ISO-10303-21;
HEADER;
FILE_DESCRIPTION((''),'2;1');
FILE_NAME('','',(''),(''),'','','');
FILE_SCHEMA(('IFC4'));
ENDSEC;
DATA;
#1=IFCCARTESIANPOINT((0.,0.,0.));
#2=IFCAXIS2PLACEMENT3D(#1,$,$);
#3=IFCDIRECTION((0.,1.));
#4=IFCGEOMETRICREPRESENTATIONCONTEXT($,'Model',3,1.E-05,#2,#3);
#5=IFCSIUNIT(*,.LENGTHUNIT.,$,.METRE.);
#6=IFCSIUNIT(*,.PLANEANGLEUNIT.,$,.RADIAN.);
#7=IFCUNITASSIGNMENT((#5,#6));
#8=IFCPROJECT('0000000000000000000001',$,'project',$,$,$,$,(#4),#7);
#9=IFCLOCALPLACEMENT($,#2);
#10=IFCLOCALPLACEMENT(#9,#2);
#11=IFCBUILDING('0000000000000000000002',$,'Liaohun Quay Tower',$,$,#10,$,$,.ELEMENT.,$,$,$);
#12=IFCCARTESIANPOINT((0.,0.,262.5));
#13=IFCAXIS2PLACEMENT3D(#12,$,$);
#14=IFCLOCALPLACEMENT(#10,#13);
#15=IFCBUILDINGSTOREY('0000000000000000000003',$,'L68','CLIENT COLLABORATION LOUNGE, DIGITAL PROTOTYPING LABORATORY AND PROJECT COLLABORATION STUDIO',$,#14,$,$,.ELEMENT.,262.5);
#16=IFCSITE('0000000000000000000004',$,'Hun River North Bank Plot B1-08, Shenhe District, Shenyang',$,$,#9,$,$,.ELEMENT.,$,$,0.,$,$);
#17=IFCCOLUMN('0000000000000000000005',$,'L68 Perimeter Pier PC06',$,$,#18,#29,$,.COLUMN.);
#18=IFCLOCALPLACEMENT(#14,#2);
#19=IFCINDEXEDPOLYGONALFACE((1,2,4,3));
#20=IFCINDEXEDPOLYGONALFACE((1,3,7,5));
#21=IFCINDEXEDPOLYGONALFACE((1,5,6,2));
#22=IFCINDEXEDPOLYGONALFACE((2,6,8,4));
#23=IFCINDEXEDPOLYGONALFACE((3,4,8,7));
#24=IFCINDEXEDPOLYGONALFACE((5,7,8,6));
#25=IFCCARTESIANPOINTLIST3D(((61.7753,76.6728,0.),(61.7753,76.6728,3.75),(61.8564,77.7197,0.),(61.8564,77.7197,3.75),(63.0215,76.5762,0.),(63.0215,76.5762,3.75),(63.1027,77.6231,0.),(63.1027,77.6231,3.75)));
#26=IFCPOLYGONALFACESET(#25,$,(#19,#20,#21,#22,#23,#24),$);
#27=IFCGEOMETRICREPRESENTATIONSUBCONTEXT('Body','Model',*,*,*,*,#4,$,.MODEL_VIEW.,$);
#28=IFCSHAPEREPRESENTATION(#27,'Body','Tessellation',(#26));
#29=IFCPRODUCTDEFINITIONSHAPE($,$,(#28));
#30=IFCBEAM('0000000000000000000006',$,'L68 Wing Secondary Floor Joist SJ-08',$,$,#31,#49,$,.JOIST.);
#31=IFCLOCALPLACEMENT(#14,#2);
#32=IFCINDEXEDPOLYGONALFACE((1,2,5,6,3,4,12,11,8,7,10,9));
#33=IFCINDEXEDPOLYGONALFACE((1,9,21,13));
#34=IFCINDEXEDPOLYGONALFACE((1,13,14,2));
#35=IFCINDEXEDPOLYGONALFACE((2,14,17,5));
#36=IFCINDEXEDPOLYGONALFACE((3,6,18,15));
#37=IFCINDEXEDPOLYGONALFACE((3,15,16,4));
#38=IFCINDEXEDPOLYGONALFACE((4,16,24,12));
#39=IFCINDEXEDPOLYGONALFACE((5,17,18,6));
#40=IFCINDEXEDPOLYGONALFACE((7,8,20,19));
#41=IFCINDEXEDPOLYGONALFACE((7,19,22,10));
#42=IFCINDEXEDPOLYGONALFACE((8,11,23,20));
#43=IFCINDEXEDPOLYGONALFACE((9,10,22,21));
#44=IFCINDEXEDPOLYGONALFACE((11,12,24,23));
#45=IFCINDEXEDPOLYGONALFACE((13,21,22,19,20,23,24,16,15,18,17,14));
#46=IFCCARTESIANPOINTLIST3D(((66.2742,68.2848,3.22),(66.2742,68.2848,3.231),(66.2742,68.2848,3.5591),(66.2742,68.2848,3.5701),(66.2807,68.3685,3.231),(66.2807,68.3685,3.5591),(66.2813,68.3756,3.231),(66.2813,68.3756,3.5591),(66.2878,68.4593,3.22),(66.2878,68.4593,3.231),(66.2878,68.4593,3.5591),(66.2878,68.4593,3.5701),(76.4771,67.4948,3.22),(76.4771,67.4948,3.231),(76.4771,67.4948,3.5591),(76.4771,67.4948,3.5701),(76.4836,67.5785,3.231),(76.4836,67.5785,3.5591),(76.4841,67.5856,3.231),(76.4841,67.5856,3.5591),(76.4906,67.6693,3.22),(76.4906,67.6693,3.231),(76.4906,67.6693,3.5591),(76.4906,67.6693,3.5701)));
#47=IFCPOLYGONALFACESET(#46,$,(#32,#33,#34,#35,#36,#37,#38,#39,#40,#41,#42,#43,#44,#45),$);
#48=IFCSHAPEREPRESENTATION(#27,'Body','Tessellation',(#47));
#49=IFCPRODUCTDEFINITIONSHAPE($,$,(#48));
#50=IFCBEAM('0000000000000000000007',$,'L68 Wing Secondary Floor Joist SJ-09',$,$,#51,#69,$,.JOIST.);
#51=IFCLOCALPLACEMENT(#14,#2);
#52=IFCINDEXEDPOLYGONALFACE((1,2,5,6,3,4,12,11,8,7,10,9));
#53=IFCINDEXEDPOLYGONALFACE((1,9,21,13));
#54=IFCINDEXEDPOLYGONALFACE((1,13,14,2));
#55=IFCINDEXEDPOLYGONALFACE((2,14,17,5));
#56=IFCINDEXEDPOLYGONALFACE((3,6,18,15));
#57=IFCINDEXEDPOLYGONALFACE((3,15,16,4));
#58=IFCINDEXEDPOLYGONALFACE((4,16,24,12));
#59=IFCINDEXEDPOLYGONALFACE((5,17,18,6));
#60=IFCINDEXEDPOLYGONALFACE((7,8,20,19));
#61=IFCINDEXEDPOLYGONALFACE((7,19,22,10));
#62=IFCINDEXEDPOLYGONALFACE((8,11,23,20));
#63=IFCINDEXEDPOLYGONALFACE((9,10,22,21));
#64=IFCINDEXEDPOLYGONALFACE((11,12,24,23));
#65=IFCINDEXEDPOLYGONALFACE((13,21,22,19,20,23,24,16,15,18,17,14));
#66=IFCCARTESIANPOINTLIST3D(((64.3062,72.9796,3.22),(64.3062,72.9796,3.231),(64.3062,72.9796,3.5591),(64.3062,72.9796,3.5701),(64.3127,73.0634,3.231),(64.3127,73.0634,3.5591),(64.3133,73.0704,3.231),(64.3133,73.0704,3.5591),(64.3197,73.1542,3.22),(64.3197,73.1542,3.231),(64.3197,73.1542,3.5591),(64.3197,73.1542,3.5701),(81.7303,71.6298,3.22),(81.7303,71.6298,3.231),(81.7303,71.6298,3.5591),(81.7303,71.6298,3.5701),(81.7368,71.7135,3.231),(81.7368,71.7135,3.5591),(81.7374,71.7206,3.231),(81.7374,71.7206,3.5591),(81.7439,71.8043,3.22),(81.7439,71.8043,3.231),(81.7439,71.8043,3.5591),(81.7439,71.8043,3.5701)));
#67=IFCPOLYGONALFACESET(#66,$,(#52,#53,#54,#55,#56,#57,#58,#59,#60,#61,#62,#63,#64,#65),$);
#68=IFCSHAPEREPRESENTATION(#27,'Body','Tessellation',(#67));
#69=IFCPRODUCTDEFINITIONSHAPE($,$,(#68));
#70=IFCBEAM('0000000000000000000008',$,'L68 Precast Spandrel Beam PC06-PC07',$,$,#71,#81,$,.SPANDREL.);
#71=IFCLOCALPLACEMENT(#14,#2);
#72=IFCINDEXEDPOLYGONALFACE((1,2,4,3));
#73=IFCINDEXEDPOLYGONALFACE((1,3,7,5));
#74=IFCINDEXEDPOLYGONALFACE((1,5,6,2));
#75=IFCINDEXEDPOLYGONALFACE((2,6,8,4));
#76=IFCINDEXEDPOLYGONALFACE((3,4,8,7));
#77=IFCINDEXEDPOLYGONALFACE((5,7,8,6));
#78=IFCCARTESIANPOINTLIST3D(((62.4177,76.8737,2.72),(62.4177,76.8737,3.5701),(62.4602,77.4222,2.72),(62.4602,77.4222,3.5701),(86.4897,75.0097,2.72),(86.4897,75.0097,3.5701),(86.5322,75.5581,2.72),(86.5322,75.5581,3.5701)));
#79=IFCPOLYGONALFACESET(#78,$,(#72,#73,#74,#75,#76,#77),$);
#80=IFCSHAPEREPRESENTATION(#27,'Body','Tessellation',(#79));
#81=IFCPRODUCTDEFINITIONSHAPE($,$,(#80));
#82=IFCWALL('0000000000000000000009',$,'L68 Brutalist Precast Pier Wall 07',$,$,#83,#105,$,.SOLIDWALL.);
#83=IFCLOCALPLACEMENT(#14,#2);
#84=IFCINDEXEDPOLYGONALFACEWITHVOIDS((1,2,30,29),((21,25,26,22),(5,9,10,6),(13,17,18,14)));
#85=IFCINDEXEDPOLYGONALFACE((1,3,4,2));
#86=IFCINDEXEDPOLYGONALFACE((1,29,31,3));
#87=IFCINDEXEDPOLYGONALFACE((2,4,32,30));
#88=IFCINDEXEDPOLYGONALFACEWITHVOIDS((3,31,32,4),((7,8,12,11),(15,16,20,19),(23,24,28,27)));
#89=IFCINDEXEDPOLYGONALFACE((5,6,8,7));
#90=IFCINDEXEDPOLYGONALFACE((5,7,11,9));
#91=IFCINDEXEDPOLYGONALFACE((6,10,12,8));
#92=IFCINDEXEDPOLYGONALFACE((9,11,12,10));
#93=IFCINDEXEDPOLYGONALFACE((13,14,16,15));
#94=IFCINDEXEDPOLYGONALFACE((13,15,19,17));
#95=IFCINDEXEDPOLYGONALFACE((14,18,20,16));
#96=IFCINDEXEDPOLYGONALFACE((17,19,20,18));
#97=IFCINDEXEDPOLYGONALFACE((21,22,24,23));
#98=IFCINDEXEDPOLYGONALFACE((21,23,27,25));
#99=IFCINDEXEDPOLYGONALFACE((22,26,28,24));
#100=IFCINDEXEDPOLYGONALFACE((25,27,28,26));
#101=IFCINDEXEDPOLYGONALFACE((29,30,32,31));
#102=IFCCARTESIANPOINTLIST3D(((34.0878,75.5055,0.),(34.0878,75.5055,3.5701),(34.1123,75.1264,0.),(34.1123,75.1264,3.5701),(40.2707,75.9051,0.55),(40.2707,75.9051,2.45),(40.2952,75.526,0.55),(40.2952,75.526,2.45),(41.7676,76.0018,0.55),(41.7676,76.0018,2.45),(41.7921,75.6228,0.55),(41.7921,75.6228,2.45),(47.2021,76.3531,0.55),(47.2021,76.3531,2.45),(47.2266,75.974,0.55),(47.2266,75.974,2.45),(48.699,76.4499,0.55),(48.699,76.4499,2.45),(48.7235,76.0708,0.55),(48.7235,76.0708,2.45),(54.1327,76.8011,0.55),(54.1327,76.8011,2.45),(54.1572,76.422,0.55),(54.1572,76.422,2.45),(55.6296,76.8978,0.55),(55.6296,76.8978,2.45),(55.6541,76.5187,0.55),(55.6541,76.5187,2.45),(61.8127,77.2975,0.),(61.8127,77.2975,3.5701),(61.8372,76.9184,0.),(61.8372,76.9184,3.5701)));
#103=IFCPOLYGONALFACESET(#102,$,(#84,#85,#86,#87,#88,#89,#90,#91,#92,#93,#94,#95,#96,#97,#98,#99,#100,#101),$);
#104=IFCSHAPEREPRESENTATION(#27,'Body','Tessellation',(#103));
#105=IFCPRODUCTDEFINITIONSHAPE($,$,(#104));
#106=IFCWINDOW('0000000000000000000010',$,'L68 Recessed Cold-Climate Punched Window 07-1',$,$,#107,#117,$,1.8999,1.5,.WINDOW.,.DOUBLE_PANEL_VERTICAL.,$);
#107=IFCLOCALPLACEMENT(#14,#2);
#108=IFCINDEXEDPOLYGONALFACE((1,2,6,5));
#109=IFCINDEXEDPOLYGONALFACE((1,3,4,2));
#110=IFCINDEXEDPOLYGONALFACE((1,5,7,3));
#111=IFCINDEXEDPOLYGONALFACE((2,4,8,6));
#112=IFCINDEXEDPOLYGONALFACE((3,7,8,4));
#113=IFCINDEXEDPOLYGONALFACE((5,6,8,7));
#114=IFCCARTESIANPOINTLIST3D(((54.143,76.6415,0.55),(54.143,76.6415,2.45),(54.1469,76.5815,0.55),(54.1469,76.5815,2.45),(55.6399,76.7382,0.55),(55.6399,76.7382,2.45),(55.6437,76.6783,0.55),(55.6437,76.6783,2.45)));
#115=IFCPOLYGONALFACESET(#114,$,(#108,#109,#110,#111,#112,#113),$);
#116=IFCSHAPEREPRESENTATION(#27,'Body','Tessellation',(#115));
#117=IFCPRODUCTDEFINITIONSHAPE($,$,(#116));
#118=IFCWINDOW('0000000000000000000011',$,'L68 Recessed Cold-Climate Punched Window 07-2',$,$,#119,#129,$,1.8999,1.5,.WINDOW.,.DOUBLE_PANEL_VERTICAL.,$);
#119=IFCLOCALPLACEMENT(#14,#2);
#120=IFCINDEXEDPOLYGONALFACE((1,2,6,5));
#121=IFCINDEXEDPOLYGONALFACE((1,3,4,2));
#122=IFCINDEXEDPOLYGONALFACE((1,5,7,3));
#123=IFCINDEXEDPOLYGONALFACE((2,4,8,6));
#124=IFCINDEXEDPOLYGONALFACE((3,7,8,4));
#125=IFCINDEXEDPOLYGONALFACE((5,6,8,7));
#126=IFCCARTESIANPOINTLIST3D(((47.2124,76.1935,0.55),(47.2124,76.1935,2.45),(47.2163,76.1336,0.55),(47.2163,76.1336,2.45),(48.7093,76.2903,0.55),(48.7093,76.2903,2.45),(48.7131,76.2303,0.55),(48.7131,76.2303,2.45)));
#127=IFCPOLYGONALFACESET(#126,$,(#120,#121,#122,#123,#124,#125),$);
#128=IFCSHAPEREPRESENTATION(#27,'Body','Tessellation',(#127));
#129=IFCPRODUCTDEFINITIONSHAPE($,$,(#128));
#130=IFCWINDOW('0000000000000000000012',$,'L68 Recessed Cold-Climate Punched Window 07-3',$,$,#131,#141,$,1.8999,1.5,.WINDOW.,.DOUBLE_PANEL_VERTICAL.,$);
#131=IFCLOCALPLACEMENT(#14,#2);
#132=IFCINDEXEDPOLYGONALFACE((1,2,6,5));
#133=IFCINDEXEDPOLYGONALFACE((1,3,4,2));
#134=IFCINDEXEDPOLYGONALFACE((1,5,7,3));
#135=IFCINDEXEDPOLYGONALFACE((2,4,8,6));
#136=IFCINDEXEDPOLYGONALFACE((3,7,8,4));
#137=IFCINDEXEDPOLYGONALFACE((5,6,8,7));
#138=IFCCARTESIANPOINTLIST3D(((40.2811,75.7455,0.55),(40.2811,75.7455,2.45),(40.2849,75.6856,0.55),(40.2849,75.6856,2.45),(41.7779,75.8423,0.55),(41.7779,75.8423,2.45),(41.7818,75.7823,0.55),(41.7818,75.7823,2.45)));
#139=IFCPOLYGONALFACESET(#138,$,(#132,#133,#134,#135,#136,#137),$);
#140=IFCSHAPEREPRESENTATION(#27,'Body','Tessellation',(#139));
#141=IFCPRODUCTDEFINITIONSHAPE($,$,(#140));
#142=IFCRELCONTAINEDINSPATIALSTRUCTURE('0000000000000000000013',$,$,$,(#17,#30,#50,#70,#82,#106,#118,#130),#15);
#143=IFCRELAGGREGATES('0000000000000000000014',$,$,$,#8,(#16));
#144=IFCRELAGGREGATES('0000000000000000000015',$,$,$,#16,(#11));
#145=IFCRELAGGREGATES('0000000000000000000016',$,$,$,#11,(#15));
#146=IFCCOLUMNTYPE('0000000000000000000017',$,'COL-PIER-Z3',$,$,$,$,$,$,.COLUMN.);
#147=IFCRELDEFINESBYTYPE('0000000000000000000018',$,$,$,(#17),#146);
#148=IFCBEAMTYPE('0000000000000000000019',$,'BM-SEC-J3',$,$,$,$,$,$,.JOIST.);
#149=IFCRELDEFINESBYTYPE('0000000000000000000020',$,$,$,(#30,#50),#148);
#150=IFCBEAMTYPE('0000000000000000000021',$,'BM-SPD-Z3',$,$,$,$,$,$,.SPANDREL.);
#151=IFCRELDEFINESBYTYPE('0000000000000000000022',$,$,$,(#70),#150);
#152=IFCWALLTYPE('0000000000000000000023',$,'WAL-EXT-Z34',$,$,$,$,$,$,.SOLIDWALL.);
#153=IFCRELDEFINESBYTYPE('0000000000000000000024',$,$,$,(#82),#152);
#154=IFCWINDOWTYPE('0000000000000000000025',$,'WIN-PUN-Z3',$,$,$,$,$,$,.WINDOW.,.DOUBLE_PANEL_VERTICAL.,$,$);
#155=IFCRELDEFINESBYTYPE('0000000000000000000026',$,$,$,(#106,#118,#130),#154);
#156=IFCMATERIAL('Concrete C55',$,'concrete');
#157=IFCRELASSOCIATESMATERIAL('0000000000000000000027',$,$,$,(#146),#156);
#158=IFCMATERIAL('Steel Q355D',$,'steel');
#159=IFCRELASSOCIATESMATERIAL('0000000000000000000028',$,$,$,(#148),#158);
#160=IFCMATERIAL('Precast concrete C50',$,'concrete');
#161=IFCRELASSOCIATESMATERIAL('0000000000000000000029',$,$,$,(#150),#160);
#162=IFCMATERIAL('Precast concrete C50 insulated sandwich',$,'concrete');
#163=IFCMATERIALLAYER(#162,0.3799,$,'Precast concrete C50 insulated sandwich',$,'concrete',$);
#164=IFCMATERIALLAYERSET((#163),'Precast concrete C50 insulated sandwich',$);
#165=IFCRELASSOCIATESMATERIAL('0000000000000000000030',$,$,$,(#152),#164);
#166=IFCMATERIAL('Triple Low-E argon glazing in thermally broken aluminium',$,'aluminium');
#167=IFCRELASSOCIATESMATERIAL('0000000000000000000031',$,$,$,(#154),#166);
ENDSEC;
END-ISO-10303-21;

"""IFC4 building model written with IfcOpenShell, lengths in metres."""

from ifc_helpers import new_model, si_unit, direction, frame, frame_2d, origin, origin_2d, place, context, subcontext, project, spatial, rectangle, i_section, extrude, source, transform, mapped, material, layer, layer_set, material_profile, profile_set, type_object, element, fill, save


model = new_model("IFC4")

# Units and contexts
model_context = context("Model", 3, precision=1e-05, world=origin(), true_north=direction((0.0, 1.0)))
body_context = subcontext(model_context, "Body", "Model", "MODEL_VIEW")
ifc_project = project(units=[si_unit("LENGTHUNIT", "METRE"), si_unit("PLANEANGLEUNIT", "RADIAN")], contexts=[model_context])

# Site, building, storey
site_placement = place(None, origin())
site = spatial("IfcSite", under=ifc_project, at=site_placement, Name="Hun River North Bank Plot B1-08, Shenhe District, Shenyang", CompositionType="ELEMENT", RefElevation=0.0)
building_placement = place(site_placement, origin())
building = spatial("IfcBuilding", under=site, at=building_placement, Name="Liaohun Quay Tower", CompositionType="ELEMENT")
storey_placement = place(building_placement, frame((0.0, 0.0, 262.5)))
storey = spatial("IfcBuildingStorey", under=building, at=storey_placement, Name="L68", Description="CLIENT COLLABORATION LOUNGE, DIGITAL PROTOTYPING LABORATORY AND PROJECT COLLABORATION STUDIO", CompositionType="ELEMENT", Elevation=262.5)

# Column
ifc_material_1 = material(Name="Concrete C55", Category="concrete")
ifc_material_profile_1 = material_profile(ifc_material_1, rectangle(XDim=1.25, YDim=1.05, at=origin_2d()), Name="RC1250x1050")
ifc_profile_set_1 = profile_set([ifc_material_profile_1], Name="Concrete C55")
column_type = type_object("IfcColumnType", Name="COL-PIER-Z3", PredefinedType="COLUMN", material=ifc_profile_set_1)
shared_shape_1 = source(origin(), body_context, "Body", "SweptSolid", [
    extrude(rectangle(XDim=1.25, YDim=1.05, at=origin_2d()), origin(), (0.0, 0.0, 1.0), 3.75),
])
column_placement = place(storey_placement, frame((62.439, 77.1479, 0.0), z_axis=(0.0, 0.0, 1.0), x_axis=(-0.997012, 0.077241, 0.0)))
element("IfcColumn", 1, at=column_placement, inside=storey, type_object=column_type, Name="L68 Perimeter Pier PC06", PredefinedType="COLUMN", context=body_context, shape_type="MappedRepresentation", body=[
    mapped(shared_shape_1, transform((0.0, 0.0, 0.0), x_axis=(1.0, 0.0, 0.0), y_axis=(0.0, 1.0, 0.0), z_axis=(0.0, 0.0, 1.0), scale=1.0)),
])

# Beams
ifc_material_2 = material(Name="Steel Q355D", Category="steel")
ifc_material_profile_2 = material_profile(ifc_material_2, i_section(OverallWidth=0.175, OverallDepth=0.3501, WebThickness=0.0071, FlangeThickness=0.011, at=origin_2d()), Name="HN350x175x7x11")
ifc_profile_set_2 = profile_set([ifc_material_profile_2], Name="Steel Q355D")
beam_type_1 = type_object("IfcBeamType", Name="BM-SEC-J3", PredefinedType="JOIST", material=ifc_profile_set_2)
shared_shape_2 = source(origin(), body_context, "Body", "SweptSolid", [
    extrude(i_section(OverallWidth=0.175, OverallDepth=0.3501, WebThickness=0.0071, FlangeThickness=0.011, at=origin_2d()), origin(), (0.0, 0.0, 1.0), 10.2334),
])
beam_1_placement = place(storey_placement, frame((66.281, 68.3721, 3.395), z_axis=(0.997015, -0.077202, 0.0), x_axis=(0.077202, 0.997015, 0.0)))
element("IfcBeam", 2, at=beam_1_placement, inside=storey, type_object=beam_type_1, Name="L68 Wing Secondary Floor Joist SJ-08", PredefinedType="JOIST", context=body_context, shape_type="MappedRepresentation", body=[
    mapped(shared_shape_2, transform((0.0, 0.0, 0.0), x_axis=(1.0, 0.0, 0.0), y_axis=(0.0, 1.0, 0.0), z_axis=(0.0, 0.0, 1.0), scale=1.0)),
])
shared_shape_3 = source(origin(), body_context, "Body", "SweptSolid", [
    extrude(i_section(OverallWidth=0.175, OverallDepth=0.3501, WebThickness=0.0071, FlangeThickness=0.011, at=origin_2d()), origin(), (0.0, 0.0, 1.0), 17.4763),
])
beam_2_placement = place(storey_placement, frame((64.313, 73.0669, 3.395), z_axis=(0.997013, -0.077239, 0.0), x_axis=(0.077239, 0.997013, 0.0)))
element("IfcBeam", 3, at=beam_2_placement, inside=storey, type_object=beam_type_1, Name="L68 Wing Secondary Floor Joist SJ-09", PredefinedType="JOIST", context=body_context, shape_type="MappedRepresentation", body=[
    mapped(shared_shape_3, transform((0.0, 0.0, 0.0), x_axis=(1.0, 0.0, 0.0), y_axis=(0.0, 1.0, 0.0), z_axis=(0.0, 0.0, 1.0), scale=1.0)),
])
ifc_material_3 = material(Name="Precast concrete C50", Category="concrete")
ifc_material_profile_3 = material_profile(ifc_material_3, rectangle(XDim=0.55, YDim=0.8501, at=origin_2d()), Name="RC550x850")
ifc_profile_set_3 = profile_set([ifc_material_profile_3], Name="Precast concrete C50")
beam_type_2 = type_object("IfcBeamType", Name="BM-SPD-Z3", PredefinedType="SPANDREL", material=ifc_profile_set_3)
shared_shape_4 = source(origin(), body_context, "Body", "SweptSolid", [
    extrude(rectangle(XDim=0.55, YDim=0.8501, at=origin_2d()), origin(), (0.0, 0.0, 1.0), 24.144),
])
beam_3_placement = place(storey_placement, frame((62.439, 77.1479, 3.145), z_axis=(0.997015, -0.077204, 0.0), x_axis=(0.077204, 0.997015, 0.0)))
element("IfcBeam", 4, at=beam_3_placement, inside=storey, type_object=beam_type_2, Name="L68 Precast Spandrel Beam PC06-PC07", PredefinedType="SPANDREL", context=body_context, shape_type="MappedRepresentation", body=[
    mapped(shared_shape_4, transform((0.0, 0.0, 0.0), x_axis=(1.0, 0.0, 0.0), y_axis=(0.0, 1.0, 0.0), z_axis=(0.0, 0.0, 1.0), scale=1.0)),
])

# Wall, openings, windows
ifc_material_4 = material(Name="Precast concrete C50 insulated sandwich", Category="concrete")
ifc_layer_1 = layer(ifc_material_4, 0.3799, Name="Precast concrete C50 insulated sandwich", Category="concrete")
ifc_layer_set_1 = layer_set([ifc_layer_1], Name="Precast concrete C50 insulated sandwich")
wall_type_1 = type_object("IfcWallType", Name="WAL-EXT-Z34", PredefinedType="SOLIDWALL", material=ifc_layer_set_1)
wall_1_placement = place(storey_placement, frame((61.825, 77.1079, 0.0), z_axis=(0.0, 0.0, 1.0), x_axis=(-0.997918, -0.0645, 0.0)))
wall_1 = element("IfcWall", 5, at=wall_1_placement, inside=storey, type_object=wall_type_1, Name="L68 Brutalist Precast Pier Wall 07", PredefinedType="SOLIDWALL", context=body_context, shape_type="SweptSolid", body=[
    extrude(rectangle(XDim=27.7827, YDim=0.3799, at=frame_2d((13.8914, 0.0))), origin(), (0.0, 0.0, 1.0), 3.5701),
])
shared_shape_5 = source(origin(), body_context, "Body", "SweptSolid", [
    extrude(rectangle(XDim=1.5, YDim=1.8999, at=frame_2d((0.75, 0.95))), frame((0.0, 0.2, 0.0), z_axis=(0.0, -1.0, 0.0), x_axis=(1.0, 0.0, 0.0)), (0.0, 0.0, 1.0), 0.3999),
])
opening_1_placement = place(wall_1_placement, frame((6.196, 0.0, 0.55)))
opening_1 = element("IfcOpeningElement", 6, at=opening_1_placement, cuts=wall_1, PredefinedType="OPENING", context=body_context, shape_type="MappedRepresentation", body=[
    mapped(shared_shape_5, transform((0.0, 0.0, 0.0), x_axis=(1.0, 0.0, 0.0), y_axis=(0.0, 1.0, 0.0), z_axis=(0.0, 0.0, 1.0), scale=1.0)),
])
opening_2_placement = place(wall_1_placement, frame((13.1411, 0.0, 0.55)))
opening_2 = element("IfcOpeningElement", 7, at=opening_2_placement, cuts=wall_1, PredefinedType="OPENING", context=body_context, shape_type="MappedRepresentation", body=[
    mapped(shared_shape_5, transform((0.0, 0.0, 0.0), x_axis=(1.0, 0.0, 0.0), y_axis=(0.0, 1.0, 0.0), z_axis=(0.0, 0.0, 1.0), scale=1.0)),
])
opening_3_placement = place(wall_1_placement, frame((20.0869, 0.0, 0.55)))
opening_3 = element("IfcOpeningElement", 8, at=opening_3_placement, cuts=wall_1, PredefinedType="OPENING", context=body_context, shape_type="MappedRepresentation", body=[
    mapped(shared_shape_5, transform((0.0, 0.0, 0.0), x_axis=(1.0, 0.0, 0.0), y_axis=(0.0, 1.0, 0.0), z_axis=(0.0, 0.0, 1.0), scale=1.0)),
])
ifc_material_5 = material(Name="Triple Low-E argon glazing in thermally broken aluminium", Category="aluminium")
window_type = type_object("IfcWindowType", Name="WIN-PUN-Z3", PartitioningType="DOUBLE_PANEL_VERTICAL", PredefinedType="WINDOW", material=ifc_material_5)
shared_shape_6 = source(origin(), body_context, "Body", "SweptSolid", [
    extrude(rectangle(XDim=1.5, YDim=1.8999, at=frame_2d((0.75, 0.95))), frame((0.0, 0.03, 0.0), z_axis=(0.0, -1.0, 0.0), x_axis=(1.0, 0.0, 0.0)), (0.0, 0.0, 1.0), 0.0601),
])
window_1_placement = place(opening_1_placement, origin())
window_1 = element("IfcWindow", 9, at=window_1_placement, inside=storey, type_object=window_type, Name="L68 Recessed Cold-Climate Punched Window 07-1", OverallHeight=1.8999, OverallWidth=1.5, PartitioningType="DOUBLE_PANEL_VERTICAL", PredefinedType="WINDOW", context=body_context, shape_type="MappedRepresentation", body=[
    mapped(shared_shape_6, transform((0.0, 0.0, 0.0), x_axis=(1.0, 0.0, 0.0), y_axis=(0.0, 1.0, 0.0), z_axis=(0.0, 0.0, 1.0), scale=1.0)),
])
fill(opening_1, window_1)
window_2_placement = place(opening_2_placement, origin())
window_2 = element("IfcWindow", 10, at=window_2_placement, inside=storey, type_object=window_type, Name="L68 Recessed Cold-Climate Punched Window 07-2", OverallHeight=1.8999, OverallWidth=1.5, PartitioningType="DOUBLE_PANEL_VERTICAL", PredefinedType="WINDOW", context=body_context, shape_type="MappedRepresentation", body=[
    mapped(shared_shape_6, transform((0.0, 0.0, 0.0), x_axis=(1.0, 0.0, 0.0), y_axis=(0.0, 1.0, 0.0), z_axis=(0.0, 0.0, 1.0), scale=1.0)),
])
fill(opening_2, window_2)
window_3_placement = place(opening_3_placement, origin())
window_3 = element("IfcWindow", 11, at=window_3_placement, inside=storey, type_object=window_type, Name="L68 Recessed Cold-Climate Punched Window 07-3", OverallHeight=1.8999, OverallWidth=1.5, PartitioningType="DOUBLE_PANEL_VERTICAL", PredefinedType="WINDOW", context=body_context, shape_type="MappedRepresentation", body=[
    mapped(shared_shape_6, transform((0.0, 0.0, 0.0), x_axis=(1.0, 0.0, 0.0), y_axis=(0.0, 1.0, 0.0), z_axis=(0.0, 0.0, 1.0), scale=1.0)),
])
fill(opening_3, window_3)

save(model, "model.ifc")
